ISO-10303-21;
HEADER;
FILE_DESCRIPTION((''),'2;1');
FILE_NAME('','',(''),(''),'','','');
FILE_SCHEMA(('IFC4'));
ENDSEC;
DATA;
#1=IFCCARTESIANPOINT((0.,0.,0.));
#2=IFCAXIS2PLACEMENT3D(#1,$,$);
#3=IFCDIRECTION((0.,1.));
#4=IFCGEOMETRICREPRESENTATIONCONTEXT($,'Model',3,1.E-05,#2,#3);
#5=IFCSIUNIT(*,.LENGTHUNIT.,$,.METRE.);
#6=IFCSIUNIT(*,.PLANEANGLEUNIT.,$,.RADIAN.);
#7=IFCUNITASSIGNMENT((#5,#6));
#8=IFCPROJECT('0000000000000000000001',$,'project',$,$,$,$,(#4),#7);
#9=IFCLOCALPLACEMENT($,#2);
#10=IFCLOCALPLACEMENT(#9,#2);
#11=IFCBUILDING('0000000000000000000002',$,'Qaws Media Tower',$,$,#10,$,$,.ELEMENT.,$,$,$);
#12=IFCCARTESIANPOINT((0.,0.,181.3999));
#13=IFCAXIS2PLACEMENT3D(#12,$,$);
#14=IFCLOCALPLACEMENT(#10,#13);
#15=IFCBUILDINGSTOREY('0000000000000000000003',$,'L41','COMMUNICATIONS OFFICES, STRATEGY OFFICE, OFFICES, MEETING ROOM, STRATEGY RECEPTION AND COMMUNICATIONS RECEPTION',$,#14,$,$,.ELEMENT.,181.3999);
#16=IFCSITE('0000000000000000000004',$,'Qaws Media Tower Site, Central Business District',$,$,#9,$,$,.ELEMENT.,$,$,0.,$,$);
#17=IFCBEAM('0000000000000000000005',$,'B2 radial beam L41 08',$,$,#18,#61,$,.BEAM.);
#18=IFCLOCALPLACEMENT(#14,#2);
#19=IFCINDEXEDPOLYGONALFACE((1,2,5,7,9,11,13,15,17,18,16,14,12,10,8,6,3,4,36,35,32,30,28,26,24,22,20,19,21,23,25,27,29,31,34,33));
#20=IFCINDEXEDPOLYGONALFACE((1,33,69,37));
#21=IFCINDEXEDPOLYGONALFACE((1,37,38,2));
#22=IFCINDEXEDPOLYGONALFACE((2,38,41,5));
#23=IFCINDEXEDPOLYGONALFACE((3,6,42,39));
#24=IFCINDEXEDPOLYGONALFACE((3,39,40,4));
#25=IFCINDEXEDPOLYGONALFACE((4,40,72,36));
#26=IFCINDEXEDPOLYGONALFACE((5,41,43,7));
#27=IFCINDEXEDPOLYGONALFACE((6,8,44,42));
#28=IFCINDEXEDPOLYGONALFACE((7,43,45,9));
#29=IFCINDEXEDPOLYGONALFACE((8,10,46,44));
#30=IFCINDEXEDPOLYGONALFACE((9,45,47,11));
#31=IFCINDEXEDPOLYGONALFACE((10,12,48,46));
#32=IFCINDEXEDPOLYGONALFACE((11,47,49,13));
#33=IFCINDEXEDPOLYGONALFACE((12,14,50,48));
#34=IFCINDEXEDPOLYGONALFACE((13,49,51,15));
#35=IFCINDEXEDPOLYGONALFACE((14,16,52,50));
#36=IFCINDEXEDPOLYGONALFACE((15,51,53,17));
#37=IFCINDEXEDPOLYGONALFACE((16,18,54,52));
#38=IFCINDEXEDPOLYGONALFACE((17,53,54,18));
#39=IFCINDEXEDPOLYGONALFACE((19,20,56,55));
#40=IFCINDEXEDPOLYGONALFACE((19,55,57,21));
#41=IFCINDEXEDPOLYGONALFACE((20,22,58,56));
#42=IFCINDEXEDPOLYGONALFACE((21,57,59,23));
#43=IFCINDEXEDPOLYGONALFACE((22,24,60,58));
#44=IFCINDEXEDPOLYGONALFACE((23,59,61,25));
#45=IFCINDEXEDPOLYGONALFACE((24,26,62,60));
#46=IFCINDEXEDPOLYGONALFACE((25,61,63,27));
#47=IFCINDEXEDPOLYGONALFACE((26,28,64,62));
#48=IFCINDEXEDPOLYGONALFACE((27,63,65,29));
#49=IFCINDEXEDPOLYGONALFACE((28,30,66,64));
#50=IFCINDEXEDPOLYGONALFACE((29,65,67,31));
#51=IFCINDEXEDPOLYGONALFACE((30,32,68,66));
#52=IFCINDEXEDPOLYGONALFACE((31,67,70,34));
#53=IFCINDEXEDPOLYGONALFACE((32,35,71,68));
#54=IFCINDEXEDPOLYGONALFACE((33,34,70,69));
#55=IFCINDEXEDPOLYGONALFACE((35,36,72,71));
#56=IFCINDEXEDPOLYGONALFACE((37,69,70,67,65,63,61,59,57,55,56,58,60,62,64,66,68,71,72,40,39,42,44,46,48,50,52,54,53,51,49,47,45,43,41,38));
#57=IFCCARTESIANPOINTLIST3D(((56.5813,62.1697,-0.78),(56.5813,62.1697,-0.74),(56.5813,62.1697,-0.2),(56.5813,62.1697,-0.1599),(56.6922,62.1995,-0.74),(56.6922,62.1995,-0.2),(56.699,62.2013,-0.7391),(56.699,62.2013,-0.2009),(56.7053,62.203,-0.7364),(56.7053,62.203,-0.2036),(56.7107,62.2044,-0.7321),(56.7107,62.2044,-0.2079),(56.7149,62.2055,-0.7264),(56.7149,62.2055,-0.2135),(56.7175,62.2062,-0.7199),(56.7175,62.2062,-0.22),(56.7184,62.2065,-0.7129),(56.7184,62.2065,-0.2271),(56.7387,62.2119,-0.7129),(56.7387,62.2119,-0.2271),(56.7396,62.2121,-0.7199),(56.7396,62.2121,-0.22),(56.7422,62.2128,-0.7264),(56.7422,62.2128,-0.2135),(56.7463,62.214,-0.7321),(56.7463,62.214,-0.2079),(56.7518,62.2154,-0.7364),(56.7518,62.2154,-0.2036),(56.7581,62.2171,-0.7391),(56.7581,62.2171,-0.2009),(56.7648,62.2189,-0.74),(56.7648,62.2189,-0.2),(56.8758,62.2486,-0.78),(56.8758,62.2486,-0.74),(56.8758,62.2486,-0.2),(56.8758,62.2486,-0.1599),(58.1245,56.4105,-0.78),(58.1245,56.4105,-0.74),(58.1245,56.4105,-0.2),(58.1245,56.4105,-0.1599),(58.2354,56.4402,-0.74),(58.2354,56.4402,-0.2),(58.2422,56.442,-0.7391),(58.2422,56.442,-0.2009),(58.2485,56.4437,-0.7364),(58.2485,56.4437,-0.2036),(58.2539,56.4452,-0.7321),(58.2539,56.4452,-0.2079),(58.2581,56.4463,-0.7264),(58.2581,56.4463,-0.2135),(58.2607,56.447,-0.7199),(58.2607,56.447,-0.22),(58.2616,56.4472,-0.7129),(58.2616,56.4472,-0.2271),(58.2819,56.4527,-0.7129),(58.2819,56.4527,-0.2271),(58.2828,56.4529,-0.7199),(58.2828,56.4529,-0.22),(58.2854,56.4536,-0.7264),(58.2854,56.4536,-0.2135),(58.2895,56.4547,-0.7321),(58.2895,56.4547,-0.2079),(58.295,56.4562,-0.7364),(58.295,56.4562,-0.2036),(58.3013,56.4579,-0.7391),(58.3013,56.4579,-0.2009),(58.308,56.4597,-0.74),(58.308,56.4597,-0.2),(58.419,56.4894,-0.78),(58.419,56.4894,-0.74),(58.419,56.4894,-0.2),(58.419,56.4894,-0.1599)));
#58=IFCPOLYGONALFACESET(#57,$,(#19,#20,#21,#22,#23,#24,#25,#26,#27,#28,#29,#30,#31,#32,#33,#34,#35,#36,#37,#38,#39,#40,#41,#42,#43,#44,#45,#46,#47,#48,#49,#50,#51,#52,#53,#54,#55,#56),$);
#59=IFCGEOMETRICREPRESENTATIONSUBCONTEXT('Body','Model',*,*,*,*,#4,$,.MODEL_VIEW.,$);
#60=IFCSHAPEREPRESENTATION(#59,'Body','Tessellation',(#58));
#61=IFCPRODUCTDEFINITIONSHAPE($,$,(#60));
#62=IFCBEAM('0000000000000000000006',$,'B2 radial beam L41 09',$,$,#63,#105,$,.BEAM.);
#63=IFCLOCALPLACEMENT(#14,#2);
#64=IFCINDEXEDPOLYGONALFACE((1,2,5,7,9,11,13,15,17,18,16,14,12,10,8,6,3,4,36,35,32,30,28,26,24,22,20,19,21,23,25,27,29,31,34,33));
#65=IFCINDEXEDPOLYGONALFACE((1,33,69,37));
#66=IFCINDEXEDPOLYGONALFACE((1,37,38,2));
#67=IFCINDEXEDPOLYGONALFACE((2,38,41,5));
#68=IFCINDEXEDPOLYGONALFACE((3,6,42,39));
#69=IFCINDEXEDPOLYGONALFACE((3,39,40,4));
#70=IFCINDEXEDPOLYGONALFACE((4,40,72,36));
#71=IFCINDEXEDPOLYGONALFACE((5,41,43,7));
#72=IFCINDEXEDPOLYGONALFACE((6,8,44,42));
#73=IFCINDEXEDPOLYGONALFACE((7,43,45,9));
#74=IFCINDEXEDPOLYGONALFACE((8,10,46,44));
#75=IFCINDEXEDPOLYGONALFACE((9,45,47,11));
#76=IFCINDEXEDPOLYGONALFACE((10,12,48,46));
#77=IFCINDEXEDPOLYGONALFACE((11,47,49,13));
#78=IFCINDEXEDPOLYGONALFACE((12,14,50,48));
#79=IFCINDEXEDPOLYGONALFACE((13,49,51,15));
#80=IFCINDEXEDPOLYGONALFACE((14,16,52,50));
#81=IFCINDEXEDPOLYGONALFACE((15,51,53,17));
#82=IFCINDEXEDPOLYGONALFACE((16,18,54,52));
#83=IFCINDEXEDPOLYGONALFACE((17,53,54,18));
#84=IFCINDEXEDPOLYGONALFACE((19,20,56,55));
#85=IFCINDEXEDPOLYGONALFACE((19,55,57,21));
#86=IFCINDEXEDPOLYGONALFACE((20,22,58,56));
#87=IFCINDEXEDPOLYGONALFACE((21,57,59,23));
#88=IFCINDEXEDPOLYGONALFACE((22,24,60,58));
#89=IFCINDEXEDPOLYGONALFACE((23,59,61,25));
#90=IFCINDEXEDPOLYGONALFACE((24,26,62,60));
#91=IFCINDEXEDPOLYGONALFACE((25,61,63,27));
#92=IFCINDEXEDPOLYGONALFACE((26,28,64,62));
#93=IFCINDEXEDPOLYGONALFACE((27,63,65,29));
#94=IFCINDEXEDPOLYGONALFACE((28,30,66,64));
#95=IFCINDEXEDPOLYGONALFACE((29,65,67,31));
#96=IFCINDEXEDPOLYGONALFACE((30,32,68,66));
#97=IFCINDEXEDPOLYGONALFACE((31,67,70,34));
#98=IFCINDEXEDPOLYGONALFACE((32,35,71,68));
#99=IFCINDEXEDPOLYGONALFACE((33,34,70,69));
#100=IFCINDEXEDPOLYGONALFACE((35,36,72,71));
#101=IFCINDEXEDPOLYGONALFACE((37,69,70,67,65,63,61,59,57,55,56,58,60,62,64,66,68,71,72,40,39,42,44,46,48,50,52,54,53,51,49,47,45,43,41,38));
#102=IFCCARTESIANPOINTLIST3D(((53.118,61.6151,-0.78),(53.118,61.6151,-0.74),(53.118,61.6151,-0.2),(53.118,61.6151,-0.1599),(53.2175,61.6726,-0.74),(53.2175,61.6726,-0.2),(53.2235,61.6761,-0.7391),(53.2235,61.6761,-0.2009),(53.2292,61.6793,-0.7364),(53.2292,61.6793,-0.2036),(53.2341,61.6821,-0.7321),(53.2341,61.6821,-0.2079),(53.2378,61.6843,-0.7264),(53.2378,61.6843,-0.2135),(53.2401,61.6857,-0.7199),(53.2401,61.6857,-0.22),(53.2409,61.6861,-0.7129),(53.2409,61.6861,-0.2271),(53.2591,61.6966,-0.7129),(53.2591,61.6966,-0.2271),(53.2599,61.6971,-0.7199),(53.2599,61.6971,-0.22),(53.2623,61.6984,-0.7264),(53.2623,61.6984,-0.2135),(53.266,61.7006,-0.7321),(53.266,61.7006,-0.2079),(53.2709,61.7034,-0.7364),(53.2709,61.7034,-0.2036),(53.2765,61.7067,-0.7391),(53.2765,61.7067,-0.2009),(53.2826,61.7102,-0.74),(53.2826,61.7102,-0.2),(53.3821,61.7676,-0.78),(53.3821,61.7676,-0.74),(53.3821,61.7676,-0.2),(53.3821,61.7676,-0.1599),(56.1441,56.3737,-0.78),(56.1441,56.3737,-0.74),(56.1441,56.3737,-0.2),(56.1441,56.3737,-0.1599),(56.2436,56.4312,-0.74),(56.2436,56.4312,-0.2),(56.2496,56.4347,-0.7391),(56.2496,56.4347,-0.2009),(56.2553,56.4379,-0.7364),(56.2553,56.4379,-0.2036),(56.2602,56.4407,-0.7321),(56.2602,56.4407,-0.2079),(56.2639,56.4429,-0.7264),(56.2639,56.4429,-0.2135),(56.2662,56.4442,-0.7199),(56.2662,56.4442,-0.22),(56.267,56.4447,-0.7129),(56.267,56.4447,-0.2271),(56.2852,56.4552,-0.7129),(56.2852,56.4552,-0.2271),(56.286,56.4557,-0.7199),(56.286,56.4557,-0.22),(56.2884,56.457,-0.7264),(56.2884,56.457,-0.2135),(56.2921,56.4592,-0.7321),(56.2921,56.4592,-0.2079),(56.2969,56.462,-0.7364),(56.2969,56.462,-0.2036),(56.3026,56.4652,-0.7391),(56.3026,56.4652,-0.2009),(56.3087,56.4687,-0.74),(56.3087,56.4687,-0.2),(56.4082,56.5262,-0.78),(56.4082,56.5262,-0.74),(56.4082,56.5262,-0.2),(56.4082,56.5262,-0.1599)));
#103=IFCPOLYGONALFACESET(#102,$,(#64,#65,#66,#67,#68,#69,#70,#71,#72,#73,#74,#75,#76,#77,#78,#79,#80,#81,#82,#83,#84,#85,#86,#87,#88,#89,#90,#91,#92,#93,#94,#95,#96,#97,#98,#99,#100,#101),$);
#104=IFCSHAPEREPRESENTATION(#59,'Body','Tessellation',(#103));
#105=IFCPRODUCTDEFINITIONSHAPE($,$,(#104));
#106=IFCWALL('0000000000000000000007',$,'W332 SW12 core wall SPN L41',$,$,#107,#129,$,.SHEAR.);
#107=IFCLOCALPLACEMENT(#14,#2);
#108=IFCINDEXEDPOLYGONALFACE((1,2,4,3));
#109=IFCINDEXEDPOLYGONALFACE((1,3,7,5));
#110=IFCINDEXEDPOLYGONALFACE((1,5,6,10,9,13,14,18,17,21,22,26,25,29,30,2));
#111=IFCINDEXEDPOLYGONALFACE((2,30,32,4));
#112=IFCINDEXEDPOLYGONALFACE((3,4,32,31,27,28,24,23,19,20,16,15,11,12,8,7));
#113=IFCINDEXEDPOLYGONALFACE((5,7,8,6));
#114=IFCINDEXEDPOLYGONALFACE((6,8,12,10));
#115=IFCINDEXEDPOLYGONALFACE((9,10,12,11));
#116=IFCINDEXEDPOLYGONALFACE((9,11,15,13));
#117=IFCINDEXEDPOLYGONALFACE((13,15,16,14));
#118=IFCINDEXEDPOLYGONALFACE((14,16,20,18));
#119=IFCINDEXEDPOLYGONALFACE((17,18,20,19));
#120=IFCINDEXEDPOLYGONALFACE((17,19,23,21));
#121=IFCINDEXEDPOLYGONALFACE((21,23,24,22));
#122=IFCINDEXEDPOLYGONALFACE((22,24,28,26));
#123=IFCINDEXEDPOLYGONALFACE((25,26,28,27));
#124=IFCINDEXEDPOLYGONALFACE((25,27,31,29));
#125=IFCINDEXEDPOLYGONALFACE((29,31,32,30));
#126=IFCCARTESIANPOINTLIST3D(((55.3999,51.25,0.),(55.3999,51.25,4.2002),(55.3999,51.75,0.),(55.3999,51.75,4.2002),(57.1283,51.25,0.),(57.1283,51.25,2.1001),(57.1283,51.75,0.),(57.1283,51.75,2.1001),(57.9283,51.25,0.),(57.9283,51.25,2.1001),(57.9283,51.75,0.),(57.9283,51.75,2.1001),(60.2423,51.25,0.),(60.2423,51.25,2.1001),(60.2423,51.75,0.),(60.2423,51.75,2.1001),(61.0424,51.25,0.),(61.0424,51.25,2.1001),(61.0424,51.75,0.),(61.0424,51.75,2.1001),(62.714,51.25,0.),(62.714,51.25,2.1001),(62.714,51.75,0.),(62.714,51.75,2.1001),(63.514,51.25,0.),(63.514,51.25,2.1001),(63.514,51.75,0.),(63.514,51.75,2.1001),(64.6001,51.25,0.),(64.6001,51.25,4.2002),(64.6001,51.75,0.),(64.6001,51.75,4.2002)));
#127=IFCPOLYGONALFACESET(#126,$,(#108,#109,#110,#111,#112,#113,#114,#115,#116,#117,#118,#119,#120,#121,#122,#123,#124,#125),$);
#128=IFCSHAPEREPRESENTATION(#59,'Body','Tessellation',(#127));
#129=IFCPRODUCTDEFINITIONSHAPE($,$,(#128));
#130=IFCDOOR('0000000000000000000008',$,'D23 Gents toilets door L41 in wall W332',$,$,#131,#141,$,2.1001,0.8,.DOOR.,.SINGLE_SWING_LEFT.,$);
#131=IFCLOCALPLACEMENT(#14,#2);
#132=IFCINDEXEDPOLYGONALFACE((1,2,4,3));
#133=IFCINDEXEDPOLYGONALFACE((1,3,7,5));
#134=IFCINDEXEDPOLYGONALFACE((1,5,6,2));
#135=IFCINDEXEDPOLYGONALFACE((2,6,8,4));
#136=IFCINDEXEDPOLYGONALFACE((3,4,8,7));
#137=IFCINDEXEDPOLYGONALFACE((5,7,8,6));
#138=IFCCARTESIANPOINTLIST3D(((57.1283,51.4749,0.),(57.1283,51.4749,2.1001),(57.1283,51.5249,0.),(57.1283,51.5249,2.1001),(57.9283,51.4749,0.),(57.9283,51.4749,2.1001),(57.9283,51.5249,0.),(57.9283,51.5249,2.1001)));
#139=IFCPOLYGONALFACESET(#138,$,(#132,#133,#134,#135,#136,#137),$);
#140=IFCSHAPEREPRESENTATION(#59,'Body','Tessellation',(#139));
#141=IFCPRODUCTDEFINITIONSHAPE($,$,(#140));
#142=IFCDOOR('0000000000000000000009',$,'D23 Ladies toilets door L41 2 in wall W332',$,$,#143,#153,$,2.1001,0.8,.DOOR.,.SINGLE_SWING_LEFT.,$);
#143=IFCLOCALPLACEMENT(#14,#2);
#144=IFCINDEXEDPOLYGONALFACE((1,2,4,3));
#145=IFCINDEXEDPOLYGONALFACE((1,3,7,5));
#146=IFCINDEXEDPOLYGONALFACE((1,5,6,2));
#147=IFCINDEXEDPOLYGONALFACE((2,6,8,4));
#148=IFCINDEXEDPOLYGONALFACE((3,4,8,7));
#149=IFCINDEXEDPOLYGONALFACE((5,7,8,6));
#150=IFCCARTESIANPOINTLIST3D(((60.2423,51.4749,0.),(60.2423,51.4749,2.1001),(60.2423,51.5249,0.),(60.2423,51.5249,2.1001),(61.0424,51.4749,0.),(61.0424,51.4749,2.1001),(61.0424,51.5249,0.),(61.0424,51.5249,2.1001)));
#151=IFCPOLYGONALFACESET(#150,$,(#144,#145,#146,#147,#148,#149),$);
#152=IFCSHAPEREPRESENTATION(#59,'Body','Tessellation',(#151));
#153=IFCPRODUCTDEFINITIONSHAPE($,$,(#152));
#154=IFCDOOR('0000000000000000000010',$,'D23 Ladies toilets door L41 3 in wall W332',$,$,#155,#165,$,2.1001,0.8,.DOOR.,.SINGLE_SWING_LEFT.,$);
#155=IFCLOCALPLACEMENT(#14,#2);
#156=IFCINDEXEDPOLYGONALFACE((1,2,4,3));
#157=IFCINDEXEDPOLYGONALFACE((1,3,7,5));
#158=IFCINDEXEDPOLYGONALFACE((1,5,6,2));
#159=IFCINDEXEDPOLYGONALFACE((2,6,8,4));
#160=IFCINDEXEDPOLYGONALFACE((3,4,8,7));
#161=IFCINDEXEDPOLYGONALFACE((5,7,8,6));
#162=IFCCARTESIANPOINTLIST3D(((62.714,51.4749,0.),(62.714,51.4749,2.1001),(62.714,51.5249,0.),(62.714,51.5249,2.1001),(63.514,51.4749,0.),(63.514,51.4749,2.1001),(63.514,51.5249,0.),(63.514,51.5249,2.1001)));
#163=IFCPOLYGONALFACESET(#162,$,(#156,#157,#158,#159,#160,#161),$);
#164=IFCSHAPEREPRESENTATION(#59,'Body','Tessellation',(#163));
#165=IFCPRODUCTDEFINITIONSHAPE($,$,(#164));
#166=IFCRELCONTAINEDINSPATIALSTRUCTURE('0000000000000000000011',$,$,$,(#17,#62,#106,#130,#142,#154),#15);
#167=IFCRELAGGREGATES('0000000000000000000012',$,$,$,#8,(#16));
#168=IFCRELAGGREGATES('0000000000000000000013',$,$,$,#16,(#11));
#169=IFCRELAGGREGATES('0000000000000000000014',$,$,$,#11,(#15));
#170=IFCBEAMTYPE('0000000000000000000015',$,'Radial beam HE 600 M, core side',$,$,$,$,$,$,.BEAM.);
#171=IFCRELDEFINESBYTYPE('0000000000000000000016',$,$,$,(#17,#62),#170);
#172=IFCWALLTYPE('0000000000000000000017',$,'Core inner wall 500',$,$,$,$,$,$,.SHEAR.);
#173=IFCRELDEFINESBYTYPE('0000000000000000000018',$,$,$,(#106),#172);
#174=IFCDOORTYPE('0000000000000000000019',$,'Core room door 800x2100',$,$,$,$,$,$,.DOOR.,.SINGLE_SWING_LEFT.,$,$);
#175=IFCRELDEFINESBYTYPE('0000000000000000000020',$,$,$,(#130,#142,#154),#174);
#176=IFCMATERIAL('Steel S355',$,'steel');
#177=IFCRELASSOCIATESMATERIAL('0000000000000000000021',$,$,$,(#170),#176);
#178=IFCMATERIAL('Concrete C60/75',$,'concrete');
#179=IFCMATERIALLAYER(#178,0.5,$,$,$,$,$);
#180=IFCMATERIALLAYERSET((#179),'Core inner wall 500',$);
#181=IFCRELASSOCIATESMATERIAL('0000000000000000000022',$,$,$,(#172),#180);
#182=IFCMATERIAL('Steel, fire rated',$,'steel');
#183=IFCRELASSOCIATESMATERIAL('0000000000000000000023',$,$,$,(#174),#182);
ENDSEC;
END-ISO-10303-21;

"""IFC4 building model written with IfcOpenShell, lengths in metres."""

from ifc_helpers import new_model, si_unit, direction, frame, frame_2d, origin, origin_2d, place, context, subcontext, project, spatial, rectangle, i_section, extrude, material, layer, layer_set, material_profile, profile_set, type_object, element, fill, save


model = new_model("IFC4")

# Units and contexts
model_context = context("Model", 3, precision=1e-05, world=origin(), true_north=direction((0.0, 1.0)))
body_context = subcontext(model_context, "Body", "Model", "MODEL_VIEW")
ifc_project = project(units=[si_unit("LENGTHUNIT", "METRE"), si_unit("PLANEANGLEUNIT", "RADIAN")], contexts=[model_context])

# Site, building, storey
site_placement = place(None, origin())
site = spatial("IfcSite", under=ifc_project, at=site_placement, Name="Qaws Media Tower Site, Central Business District", CompositionType="ELEMENT", RefElevation=0.0)
building_placement = place(site_placement, origin())
building = spatial("IfcBuilding", under=site, at=building_placement, Name="Qaws Media Tower", CompositionType="ELEMENT")
storey_placement = place(building_placement, frame((0.0, 0.0, 181.3999)))
storey = spatial("IfcBuildingStorey", under=building, at=storey_placement, Name="L41", Description="COMMUNICATIONS OFFICES, STRATEGY OFFICE, OFFICES, MEETING ROOM, STRATEGY RECEPTION AND COMMUNICATIONS RECEPTION", CompositionType="ELEMENT", Elevation=181.3999)

# Beams
ifc_material_1 = material(Name="Steel S355", Category="steel")
ifc_material_profile = material_profile(ifc_material_1, i_section(OverallWidth=0.3049, OverallDepth=0.6201, WebThickness=0.021, FlangeThickness=0.04, FilletRadius=0.0271, at=origin_2d()), Name="HE 600 M")
ifc_profile_set = profile_set([ifc_material_profile], Name="Steel S355")
beam_type = type_object("IfcBeamType", Name="Radial beam HE 600 M, core side", PredefinedType="BEAM", material=ifc_profile_set)
beam_1_placement = place(storey_placement, frame((58.2717, 56.45, -0.47), z_axis=(-0.258822, 0.965925, 0.0), x_axis=(-0.965925, -0.258822, 0.0)))
element("IfcBeam", 1, at=beam_1_placement, inside=storey, type_object=beam_type, Name="B2 radial beam L41 08", PredefinedType="BEAM", context=body_context, shape_type="SweptSolid", body=[
    extrude(i_section(OverallWidth=0.3049, OverallDepth=0.6201, WebThickness=0.021, FlangeThickness=0.04, FilletRadius=0.0271, at=origin_2d()), origin(), (0.0, 0.0, 1.0), 5.9624),
])
beam_2_placement = place(storey_placement, frame((56.2761, 56.45, -0.47), z_axis=(-0.499996, 0.866028, 0.0), x_axis=(-0.866028, -0.499996, 0.0)))
element("IfcBeam", 2, at=beam_2_placement, inside=storey, type_object=beam_type, Name="B2 radial beam L41 09", PredefinedType="BEAM", context=body_context, shape_type="SweptSolid", body=[
    extrude(i_section(OverallWidth=0.3049, OverallDepth=0.6201, WebThickness=0.021, FlangeThickness=0.04, FilletRadius=0.0271, at=origin_2d()), origin(), (0.0, 0.0, 1.0), 6.0522),
])

# Wall, openings, doors
ifc_material_2 = material(Name="Concrete C60/75", Category="concrete")
ifc_layer_1 = layer(ifc_material_2, 0.5)
ifc_layer_set_1 = layer_set([ifc_layer_1], Name="Core inner wall 500")
wall_type_1 = type_object("IfcWallType", Name="Core inner wall 500", PredefinedType="SHEAR", material=ifc_layer_set_1)
wall_1_placement = place(storey_placement, frame((55.3999, 51.5, 0.0), z_axis=(0.0, 0.0, 1.0), x_axis=(1.0, 0.0, 0.0)))
wall_1 = element("IfcWall", 3, at=wall_1_placement, inside=storey, type_object=wall_type_1, Name="W332 SW12 core wall SPN L41", PredefinedType="SHEAR", context=body_context, shape_type="SweptSolid", body=[
    extrude(rectangle(XDim=9.2002, YDim=0.5, at=frame_2d((4.6001, 0.0))), origin(), (0.0, 0.0, 1.0), 4.2002),
])
opening_1_placement = place(wall_1_placement, frame((1.7285, 0.0, 0.0)))
opening_1 = element("IfcOpeningElement", 4, at=opening_1_placement, cuts=wall_1, PredefinedType="OPENING", context=body_context, shape_type="SweptSolid", body=[
    extrude(rectangle(XDim=0.8, YDim=2.1001, at=frame_2d((0.3999, 1.05))), frame((0.0, 0.26, 0.0), z_axis=(0.0, -1.0, 0.0), x_axis=(1.0, 0.0, 0.0)), (0.0, 0.0, 1.0), 0.52),
])
opening_2_placement = place(wall_1_placement, frame((4.8425, 0.0, 0.0)))
opening_2 = element("IfcOpeningElement", 5, at=opening_2_placement, cuts=wall_1, PredefinedType="OPENING", context=body_context, shape_type="SweptSolid", body=[
    extrude(rectangle(XDim=0.8, YDim=2.1001, at=frame_2d((0.3999, 1.05))), frame((0.0, 0.26, 0.0), z_axis=(0.0, -1.0, 0.0), x_axis=(1.0, 0.0, 0.0)), (0.0, 0.0, 1.0), 0.52),
])
opening_3_placement = place(wall_1_placement, frame((7.3142, 0.0, 0.0)))
opening_3 = element("IfcOpeningElement", 6, at=opening_3_placement, cuts=wall_1, PredefinedType="OPENING", context=body_context, shape_type="SweptSolid", body=[
    extrude(rectangle(XDim=0.8, YDim=2.1001, at=frame_2d((0.3999, 1.05))), frame((0.0, 0.26, 0.0), z_axis=(0.0, -1.0, 0.0), x_axis=(1.0, 0.0, 0.0)), (0.0, 0.0, 1.0), 0.52),
])
ifc_material_3 = material(Name="Steel, fire rated", Category="steel")
door_type_1 = type_object("IfcDoorType", Name="Core room door 800x2100", OperationType="SINGLE_SWING_LEFT", PredefinedType="DOOR", material=ifc_material_3)
door_1_placement = place(opening_1_placement, origin())
door_1 = element("IfcDoor", 7, at=door_1_placement, inside=storey, type_object=door_type_1, Name="D23 Gents toilets door L41 in wall W332", OperationType="SINGLE_SWING_LEFT", OverallHeight=2.1001, OverallWidth=0.8, PredefinedType="DOOR", context=body_context, shape_type="SweptSolid", body=[
    extrude(rectangle(XDim=0.8, YDim=2.1001, at=frame_2d((0.3999, 1.05))), frame((0.0, 0.0249, 0.0), z_axis=(0.0, -1.0, 0.0), x_axis=(1.0, 0.0, 0.0)), (0.0, 0.0, 1.0), 0.05),
])
fill(opening_1, door_1)
door_2_placement = place(opening_2_placement, origin())
door_2 = element("IfcDoor", 8, at=door_2_placement, inside=storey, type_object=door_type_1, Name="D23 Ladies toilets door L41 2 in wall W332", OperationType="SINGLE_SWING_LEFT", OverallHeight=2.1001, OverallWidth=0.8, PredefinedType="DOOR", context=body_context, shape_type="SweptSolid", body=[
    extrude(rectangle(XDim=0.8, YDim=2.1001, at=frame_2d((0.3999, 1.05))), frame((0.0, 0.0249, 0.0), z_axis=(0.0, -1.0, 0.0), x_axis=(1.0, 0.0, 0.0)), (0.0, 0.0, 1.0), 0.05),
])
fill(opening_2, door_2)
door_3_placement = place(opening_3_placement, origin())
door_3 = element("IfcDoor", 9, at=door_3_placement, inside=storey, type_object=door_type_1, Name="D23 Ladies toilets door L41 3 in wall W332", OperationType="SINGLE_SWING_LEFT", OverallHeight=2.1001, OverallWidth=0.8, PredefinedType="DOOR", context=body_context, shape_type="SweptSolid", body=[
    extrude(rectangle(XDim=0.8, YDim=2.1001, at=frame_2d((0.3999, 1.05))), frame((0.0, 0.0249, 0.0), z_axis=(0.0, -1.0, 0.0), x_axis=(1.0, 0.0, 0.0)), (0.0, 0.0, 1.0), 0.05),
])
fill(opening_3, door_3)

save(model, "model.ifc")
